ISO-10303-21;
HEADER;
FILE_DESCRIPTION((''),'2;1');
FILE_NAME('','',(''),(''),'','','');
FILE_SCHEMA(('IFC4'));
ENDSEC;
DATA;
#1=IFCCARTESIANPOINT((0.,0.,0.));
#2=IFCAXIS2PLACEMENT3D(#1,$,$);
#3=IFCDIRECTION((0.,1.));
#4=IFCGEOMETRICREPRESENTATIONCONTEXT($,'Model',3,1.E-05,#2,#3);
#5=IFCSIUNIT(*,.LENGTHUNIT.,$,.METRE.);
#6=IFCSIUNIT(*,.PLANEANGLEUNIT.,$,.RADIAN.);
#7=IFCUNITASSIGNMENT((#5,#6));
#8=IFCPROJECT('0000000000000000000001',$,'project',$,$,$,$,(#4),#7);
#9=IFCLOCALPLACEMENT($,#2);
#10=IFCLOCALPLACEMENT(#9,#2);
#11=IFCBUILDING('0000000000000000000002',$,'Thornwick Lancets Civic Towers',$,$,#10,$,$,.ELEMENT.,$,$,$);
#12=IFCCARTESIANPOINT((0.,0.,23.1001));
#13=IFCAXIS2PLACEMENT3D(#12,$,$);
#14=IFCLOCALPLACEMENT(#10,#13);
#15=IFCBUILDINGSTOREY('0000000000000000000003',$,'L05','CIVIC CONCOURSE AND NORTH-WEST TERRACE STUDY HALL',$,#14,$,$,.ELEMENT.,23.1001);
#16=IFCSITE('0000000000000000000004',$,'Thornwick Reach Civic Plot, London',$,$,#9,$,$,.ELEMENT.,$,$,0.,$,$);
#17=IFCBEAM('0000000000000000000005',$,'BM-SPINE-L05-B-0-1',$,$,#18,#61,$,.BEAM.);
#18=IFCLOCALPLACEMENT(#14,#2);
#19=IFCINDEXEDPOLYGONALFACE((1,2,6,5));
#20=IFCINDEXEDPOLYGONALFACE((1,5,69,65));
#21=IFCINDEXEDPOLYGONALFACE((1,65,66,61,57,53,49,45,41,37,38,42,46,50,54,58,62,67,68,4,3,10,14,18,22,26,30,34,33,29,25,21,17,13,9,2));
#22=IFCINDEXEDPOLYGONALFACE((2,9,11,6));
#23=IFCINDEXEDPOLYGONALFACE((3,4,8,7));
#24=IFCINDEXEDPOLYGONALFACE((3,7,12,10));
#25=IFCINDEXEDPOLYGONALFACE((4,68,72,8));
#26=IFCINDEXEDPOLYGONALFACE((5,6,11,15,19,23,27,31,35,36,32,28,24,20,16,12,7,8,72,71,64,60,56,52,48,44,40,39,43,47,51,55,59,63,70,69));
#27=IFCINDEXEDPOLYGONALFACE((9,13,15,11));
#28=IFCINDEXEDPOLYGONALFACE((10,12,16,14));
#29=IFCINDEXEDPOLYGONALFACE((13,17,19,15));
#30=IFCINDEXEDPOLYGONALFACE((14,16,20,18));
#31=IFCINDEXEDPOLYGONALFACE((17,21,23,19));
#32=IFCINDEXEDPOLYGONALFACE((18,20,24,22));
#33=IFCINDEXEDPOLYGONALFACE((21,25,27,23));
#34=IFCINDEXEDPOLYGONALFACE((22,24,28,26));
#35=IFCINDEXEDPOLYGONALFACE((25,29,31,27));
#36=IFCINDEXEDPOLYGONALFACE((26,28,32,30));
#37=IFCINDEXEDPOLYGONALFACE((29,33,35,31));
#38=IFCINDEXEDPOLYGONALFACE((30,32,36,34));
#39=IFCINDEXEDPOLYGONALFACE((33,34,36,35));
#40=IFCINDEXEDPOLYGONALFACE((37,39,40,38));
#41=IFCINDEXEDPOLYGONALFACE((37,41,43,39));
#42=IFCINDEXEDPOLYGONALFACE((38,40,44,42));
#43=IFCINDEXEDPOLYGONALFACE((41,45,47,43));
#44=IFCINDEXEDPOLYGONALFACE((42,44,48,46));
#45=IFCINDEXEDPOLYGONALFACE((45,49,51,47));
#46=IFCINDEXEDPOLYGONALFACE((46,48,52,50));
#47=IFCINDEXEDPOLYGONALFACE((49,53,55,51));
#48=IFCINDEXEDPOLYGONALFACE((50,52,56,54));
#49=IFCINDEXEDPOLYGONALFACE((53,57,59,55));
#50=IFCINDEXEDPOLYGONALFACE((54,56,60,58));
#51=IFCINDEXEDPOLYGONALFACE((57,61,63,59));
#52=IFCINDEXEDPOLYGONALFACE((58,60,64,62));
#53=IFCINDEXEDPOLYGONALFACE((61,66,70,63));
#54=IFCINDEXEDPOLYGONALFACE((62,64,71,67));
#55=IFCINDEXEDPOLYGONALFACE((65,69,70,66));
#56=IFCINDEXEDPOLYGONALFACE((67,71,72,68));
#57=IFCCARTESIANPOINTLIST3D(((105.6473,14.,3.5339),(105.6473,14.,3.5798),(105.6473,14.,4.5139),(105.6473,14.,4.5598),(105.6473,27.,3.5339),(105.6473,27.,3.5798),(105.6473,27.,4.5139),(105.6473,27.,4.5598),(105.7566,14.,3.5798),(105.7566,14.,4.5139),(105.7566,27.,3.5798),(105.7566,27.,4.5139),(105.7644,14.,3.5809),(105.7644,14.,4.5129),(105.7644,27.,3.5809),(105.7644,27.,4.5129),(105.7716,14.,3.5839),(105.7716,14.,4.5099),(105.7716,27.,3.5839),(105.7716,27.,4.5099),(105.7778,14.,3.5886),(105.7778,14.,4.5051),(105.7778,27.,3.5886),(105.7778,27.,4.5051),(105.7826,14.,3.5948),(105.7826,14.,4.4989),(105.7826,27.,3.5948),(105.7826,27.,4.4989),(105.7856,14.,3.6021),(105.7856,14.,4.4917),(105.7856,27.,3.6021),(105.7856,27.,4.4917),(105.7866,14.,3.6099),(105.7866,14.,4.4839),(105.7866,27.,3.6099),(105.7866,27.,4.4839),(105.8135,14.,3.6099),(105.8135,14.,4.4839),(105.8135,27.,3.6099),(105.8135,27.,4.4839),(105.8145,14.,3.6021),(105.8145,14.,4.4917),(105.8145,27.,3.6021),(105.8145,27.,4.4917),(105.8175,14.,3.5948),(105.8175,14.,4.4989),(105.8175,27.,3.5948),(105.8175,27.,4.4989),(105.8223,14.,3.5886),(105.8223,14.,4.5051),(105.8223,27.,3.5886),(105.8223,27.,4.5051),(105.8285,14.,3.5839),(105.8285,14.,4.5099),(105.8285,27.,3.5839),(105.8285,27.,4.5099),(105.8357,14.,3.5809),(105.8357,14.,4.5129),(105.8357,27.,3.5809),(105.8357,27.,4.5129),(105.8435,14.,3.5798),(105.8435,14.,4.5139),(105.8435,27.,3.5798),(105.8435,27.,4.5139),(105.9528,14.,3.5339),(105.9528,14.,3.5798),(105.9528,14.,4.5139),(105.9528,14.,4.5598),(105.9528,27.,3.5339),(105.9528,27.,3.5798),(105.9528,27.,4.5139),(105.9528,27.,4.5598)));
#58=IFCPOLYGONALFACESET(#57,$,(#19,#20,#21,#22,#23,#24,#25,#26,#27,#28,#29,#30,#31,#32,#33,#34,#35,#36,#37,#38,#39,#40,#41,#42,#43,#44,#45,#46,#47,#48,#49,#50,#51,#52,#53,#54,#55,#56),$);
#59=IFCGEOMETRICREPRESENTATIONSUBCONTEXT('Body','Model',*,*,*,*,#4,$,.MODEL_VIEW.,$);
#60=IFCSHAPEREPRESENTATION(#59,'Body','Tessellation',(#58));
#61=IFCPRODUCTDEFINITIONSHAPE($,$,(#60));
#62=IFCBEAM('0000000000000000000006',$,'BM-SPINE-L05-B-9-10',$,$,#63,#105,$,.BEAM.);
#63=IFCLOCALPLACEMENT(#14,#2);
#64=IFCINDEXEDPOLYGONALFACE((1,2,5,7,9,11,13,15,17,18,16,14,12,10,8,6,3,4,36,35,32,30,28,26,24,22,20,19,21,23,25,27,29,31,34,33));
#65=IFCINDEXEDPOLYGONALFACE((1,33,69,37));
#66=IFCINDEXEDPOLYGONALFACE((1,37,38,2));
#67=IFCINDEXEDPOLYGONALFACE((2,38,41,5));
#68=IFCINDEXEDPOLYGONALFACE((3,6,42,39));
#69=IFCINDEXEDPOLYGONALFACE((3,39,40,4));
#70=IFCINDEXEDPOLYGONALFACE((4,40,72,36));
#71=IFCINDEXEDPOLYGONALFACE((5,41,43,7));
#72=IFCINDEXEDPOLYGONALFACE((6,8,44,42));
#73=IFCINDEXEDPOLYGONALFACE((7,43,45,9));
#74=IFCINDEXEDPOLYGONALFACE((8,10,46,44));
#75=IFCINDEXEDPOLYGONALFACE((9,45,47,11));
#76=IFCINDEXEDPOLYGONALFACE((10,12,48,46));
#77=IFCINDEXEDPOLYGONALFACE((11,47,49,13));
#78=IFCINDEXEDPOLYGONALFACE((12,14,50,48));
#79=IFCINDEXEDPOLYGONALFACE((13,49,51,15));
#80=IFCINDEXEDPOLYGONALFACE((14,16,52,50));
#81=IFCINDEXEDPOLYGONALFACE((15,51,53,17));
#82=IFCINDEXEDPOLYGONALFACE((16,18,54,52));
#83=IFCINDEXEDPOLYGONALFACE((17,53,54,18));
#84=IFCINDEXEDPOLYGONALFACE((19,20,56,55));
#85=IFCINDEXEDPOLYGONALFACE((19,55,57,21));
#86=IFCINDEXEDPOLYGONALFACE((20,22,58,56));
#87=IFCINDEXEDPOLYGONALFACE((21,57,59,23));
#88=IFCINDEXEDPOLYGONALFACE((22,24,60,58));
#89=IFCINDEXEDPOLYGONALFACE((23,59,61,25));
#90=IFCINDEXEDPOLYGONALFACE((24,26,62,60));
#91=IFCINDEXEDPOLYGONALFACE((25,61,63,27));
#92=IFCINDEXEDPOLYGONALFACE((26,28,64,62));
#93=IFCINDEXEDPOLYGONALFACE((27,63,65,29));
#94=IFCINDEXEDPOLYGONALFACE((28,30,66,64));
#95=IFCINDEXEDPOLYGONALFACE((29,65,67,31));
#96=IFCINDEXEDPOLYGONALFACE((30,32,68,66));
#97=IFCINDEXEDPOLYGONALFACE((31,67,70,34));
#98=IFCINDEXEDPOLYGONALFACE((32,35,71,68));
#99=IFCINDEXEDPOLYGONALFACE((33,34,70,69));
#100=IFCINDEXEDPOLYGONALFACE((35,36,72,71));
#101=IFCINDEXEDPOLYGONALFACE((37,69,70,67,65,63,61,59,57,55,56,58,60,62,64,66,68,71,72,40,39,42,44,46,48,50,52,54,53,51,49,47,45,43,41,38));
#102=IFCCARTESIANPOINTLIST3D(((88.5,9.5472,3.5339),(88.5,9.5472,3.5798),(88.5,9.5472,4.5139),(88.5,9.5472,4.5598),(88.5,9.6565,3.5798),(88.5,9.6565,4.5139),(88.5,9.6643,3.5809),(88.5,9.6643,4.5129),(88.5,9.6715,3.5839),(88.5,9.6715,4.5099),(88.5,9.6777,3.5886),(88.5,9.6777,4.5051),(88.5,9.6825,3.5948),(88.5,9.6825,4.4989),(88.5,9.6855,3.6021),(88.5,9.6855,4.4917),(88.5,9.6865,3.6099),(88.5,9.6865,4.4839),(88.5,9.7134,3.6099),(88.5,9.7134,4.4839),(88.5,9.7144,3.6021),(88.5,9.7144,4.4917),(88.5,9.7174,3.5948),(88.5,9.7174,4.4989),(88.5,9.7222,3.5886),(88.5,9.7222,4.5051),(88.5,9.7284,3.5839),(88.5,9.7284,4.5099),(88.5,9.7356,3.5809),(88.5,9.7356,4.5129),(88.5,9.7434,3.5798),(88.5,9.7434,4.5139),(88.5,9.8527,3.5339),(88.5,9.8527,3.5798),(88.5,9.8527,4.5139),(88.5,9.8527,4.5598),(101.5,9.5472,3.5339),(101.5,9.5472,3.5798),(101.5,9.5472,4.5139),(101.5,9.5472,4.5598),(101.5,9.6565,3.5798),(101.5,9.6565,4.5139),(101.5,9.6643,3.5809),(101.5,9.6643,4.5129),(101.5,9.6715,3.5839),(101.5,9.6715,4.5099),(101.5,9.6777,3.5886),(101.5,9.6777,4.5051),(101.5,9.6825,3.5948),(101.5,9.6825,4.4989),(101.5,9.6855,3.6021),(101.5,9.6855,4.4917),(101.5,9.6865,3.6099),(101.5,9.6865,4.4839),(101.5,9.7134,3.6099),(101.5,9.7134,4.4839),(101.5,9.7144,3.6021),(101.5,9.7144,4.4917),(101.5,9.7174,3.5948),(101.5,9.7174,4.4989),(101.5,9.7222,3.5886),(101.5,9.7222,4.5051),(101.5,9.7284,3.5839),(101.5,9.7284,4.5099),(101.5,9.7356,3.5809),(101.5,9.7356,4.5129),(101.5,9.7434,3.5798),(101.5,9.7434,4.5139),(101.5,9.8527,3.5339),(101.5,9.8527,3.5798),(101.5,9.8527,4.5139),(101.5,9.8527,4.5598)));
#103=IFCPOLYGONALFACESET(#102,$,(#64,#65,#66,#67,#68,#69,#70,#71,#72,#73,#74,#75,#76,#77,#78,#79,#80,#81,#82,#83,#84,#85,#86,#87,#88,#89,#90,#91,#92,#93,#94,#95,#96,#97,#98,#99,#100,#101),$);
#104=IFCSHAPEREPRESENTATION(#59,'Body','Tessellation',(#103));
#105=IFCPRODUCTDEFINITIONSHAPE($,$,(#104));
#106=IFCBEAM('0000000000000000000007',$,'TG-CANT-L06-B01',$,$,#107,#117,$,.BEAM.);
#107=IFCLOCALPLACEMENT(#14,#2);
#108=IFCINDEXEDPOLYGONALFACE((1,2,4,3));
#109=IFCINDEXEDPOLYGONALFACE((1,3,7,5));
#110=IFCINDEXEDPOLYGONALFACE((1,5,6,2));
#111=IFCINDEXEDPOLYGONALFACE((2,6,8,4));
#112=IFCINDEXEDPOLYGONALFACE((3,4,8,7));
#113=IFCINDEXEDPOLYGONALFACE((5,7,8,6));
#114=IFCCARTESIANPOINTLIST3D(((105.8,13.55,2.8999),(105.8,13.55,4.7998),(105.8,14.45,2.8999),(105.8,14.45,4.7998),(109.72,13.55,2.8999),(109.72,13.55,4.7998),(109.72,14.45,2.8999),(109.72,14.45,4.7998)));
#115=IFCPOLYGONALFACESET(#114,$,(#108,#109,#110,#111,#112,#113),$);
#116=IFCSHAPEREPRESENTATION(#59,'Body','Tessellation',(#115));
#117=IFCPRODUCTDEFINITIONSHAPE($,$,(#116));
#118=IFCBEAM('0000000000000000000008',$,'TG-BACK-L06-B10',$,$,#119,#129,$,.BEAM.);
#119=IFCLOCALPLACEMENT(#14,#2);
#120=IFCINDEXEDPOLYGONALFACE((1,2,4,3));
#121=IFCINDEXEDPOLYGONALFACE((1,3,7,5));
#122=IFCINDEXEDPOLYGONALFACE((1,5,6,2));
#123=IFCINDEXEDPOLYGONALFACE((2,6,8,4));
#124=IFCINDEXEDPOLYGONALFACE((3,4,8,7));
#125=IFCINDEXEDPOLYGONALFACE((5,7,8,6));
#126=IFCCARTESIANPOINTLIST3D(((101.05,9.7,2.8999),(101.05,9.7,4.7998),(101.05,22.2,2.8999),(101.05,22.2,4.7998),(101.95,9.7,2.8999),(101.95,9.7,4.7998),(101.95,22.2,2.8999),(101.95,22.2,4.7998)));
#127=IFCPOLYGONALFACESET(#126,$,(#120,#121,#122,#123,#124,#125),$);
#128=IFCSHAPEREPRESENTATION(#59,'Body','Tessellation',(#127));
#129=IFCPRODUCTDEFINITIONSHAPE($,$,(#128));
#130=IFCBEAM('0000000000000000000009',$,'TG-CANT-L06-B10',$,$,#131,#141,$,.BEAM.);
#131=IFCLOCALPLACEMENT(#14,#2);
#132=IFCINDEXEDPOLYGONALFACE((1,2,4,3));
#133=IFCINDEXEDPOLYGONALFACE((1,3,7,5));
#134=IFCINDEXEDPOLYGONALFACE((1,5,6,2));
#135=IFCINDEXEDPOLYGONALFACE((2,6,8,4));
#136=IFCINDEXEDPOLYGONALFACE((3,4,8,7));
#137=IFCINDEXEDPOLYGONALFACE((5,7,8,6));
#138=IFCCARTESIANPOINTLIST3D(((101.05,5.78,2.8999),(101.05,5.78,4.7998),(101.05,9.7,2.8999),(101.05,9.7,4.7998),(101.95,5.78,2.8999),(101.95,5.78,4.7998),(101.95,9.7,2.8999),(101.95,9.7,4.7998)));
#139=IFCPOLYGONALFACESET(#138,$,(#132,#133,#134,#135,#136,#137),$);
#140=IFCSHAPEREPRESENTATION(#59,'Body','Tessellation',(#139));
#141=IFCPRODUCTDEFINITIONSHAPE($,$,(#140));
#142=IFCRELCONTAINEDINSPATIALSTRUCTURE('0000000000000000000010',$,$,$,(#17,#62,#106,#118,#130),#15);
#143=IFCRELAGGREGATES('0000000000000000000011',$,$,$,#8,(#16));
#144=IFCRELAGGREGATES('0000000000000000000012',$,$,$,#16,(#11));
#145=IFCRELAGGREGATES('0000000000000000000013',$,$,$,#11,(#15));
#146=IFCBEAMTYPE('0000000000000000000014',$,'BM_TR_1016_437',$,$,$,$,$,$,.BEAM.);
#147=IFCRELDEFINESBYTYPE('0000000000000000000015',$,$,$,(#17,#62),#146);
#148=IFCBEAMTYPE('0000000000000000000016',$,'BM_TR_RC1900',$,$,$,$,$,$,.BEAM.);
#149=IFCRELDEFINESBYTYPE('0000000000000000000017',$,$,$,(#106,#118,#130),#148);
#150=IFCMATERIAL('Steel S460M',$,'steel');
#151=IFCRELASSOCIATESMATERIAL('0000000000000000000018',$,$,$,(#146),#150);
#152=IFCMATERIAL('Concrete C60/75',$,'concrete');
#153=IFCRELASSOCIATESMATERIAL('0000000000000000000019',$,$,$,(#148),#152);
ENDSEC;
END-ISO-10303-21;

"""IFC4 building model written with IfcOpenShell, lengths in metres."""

from ifc_helpers import new_model, si_unit, direction, frame, origin, origin_2d, place, context, subcontext, project, spatial, rectangle, i_section, extrude, material, material_profile, profile_set, type_object, element, save


model = new_model("IFC4")

# Units and contexts
model_context = context("Model", 3, precision=1e-05, world=origin(), true_north=direction((0.0, 1.0)))
body_context = subcontext(model_context, "Body", "Model", "MODEL_VIEW")
ifc_project = project(units=[si_unit("LENGTHUNIT", "METRE"), si_unit("PLANEANGLEUNIT", "RADIAN")], contexts=[model_context])

# Site, building, storey
site_placement = place(None, origin())
site = spatial("IfcSite", under=ifc_project, at=site_placement, Name="Thornwick Reach Civic Plot, London", CompositionType="ELEMENT", RefElevation=0.0)
building_placement = place(site_placement, origin())
building = spatial("IfcBuilding", under=site, at=building_placement, Name="Thornwick Lancets Civic Towers", CompositionType="ELEMENT")
storey_placement = place(building_placement, frame((0.0, 0.0, 23.1001)))
storey = spatial("IfcBuildingStorey", under=building, at=storey_placement, Name="L05", Description="CIVIC CONCOURSE AND NORTH-WEST TERRACE STUDY HALL", CompositionType="ELEMENT", Elevation=23.1001)

# Shared definitions
ifc_material_1 = material(Name="Concrete C60/75", Category="concrete")

# Beams
ifc_material_2 = material(Name="Steel S460M", Category="steel")
ifc_material_profile_1 = material_profile(ifc_material_2, i_section(OverallWidth=0.3054, OverallDepth=1.0259, WebThickness=0.0269, FlangeThickness=0.0459, FilletRadius=0.03, at=origin_2d()), Name="UKB 1016x305x437")
ifc_profile_set_1 = profile_set([ifc_material_profile_1], Name="Steel S460M")
beam_type_1 = type_object("IfcBeamType", Name="BM_TR_1016_437", PredefinedType="BEAM", material=ifc_profile_set_1)
for number, where, z_axis, x_axis, name in (
    (1, (105.8, 14.0, 4.0469), (0.0, 1.0, 0.0), (-1.0, 0.0, 0.0), "BM-SPINE-L05-B-0-1"),
    (2, (101.5, 9.7, 4.0469), (-1.0, 0.0, 0.0), (0.0, -1.0, 0.0), "BM-SPINE-L05-B-9-10"),
):
    element("IfcBeam", number, at=place(storey_placement, frame(where, z_axis=z_axis, x_axis=x_axis)), inside=storey, type_object=beam_type_1, Name=name, PredefinedType="BEAM", context=body_context, shape_type="SweptSolid", body=[
        extrude(i_section(OverallWidth=0.3054, OverallDepth=1.0259, WebThickness=0.0269, FlangeThickness=0.0459, FilletRadius=0.03, at=origin_2d()), origin(), (0.0, 0.0, 1.0), 13.0),
    ])
ifc_material_profile_2 = material_profile(ifc_material_1, rectangle(XDim=0.8999, YDim=1.8999, at=origin_2d()), Name="RC 900x1900")
ifc_profile_set_2 = profile_set([ifc_material_profile_2], Name="Concrete C60/75")
beam_type_2 = type_object("IfcBeamType", Name="BM_TR_RC1900", PredefinedType="BEAM", material=ifc_profile_set_2)
beam_1_placement = place(storey_placement, frame((105.8, 14.0, 3.8499), z_axis=(1.0, 0.0, 0.0), x_axis=(0.0, 1.0, 0.0)))
element("IfcBeam", 3, at=beam_1_placement, inside=storey, type_object=beam_type_2, Name="TG-CANT-L06-B01", PredefinedType="BEAM", context=body_context, shape_type="SweptSolid", body=[
    extrude(rectangle(XDim=0.8999, YDim=1.8999, at=origin_2d()), origin(), (0.0, 0.0, 1.0), 3.9199),
])
beam_2_placement = place(storey_placement, frame((101.5, 22.2, 3.8499), z_axis=(0.0, -1.0, 0.0), x_axis=(1.0, 0.0, 0.0)))
element("IfcBeam", 4, at=beam_2_placement, inside=storey, type_object=beam_type_2, Name="TG-BACK-L06-B10", PredefinedType="BEAM", context=body_context, shape_type="SweptSolid", body=[
    extrude(rectangle(XDim=0.8999, YDim=1.8999, at=origin_2d()), origin(), (0.0, 0.0, 1.0), 12.5),
])
beam_3_placement = place(storey_placement, frame((101.5, 9.7, 3.8499), z_axis=(0.0, -1.0, 0.0), x_axis=(1.0, 0.0, 0.0)))
element("IfcBeam", 5, at=beam_3_placement, inside=storey, type_object=beam_type_2, Name="TG-CANT-L06-B10", PredefinedType="BEAM", context=body_context, shape_type="SweptSolid", body=[
    extrude(rectangle(XDim=0.8999, YDim=1.8999, at=origin_2d()), origin(), (0.0, 0.0, 1.0), 3.9199),
])

save(model, "model.ifc")
